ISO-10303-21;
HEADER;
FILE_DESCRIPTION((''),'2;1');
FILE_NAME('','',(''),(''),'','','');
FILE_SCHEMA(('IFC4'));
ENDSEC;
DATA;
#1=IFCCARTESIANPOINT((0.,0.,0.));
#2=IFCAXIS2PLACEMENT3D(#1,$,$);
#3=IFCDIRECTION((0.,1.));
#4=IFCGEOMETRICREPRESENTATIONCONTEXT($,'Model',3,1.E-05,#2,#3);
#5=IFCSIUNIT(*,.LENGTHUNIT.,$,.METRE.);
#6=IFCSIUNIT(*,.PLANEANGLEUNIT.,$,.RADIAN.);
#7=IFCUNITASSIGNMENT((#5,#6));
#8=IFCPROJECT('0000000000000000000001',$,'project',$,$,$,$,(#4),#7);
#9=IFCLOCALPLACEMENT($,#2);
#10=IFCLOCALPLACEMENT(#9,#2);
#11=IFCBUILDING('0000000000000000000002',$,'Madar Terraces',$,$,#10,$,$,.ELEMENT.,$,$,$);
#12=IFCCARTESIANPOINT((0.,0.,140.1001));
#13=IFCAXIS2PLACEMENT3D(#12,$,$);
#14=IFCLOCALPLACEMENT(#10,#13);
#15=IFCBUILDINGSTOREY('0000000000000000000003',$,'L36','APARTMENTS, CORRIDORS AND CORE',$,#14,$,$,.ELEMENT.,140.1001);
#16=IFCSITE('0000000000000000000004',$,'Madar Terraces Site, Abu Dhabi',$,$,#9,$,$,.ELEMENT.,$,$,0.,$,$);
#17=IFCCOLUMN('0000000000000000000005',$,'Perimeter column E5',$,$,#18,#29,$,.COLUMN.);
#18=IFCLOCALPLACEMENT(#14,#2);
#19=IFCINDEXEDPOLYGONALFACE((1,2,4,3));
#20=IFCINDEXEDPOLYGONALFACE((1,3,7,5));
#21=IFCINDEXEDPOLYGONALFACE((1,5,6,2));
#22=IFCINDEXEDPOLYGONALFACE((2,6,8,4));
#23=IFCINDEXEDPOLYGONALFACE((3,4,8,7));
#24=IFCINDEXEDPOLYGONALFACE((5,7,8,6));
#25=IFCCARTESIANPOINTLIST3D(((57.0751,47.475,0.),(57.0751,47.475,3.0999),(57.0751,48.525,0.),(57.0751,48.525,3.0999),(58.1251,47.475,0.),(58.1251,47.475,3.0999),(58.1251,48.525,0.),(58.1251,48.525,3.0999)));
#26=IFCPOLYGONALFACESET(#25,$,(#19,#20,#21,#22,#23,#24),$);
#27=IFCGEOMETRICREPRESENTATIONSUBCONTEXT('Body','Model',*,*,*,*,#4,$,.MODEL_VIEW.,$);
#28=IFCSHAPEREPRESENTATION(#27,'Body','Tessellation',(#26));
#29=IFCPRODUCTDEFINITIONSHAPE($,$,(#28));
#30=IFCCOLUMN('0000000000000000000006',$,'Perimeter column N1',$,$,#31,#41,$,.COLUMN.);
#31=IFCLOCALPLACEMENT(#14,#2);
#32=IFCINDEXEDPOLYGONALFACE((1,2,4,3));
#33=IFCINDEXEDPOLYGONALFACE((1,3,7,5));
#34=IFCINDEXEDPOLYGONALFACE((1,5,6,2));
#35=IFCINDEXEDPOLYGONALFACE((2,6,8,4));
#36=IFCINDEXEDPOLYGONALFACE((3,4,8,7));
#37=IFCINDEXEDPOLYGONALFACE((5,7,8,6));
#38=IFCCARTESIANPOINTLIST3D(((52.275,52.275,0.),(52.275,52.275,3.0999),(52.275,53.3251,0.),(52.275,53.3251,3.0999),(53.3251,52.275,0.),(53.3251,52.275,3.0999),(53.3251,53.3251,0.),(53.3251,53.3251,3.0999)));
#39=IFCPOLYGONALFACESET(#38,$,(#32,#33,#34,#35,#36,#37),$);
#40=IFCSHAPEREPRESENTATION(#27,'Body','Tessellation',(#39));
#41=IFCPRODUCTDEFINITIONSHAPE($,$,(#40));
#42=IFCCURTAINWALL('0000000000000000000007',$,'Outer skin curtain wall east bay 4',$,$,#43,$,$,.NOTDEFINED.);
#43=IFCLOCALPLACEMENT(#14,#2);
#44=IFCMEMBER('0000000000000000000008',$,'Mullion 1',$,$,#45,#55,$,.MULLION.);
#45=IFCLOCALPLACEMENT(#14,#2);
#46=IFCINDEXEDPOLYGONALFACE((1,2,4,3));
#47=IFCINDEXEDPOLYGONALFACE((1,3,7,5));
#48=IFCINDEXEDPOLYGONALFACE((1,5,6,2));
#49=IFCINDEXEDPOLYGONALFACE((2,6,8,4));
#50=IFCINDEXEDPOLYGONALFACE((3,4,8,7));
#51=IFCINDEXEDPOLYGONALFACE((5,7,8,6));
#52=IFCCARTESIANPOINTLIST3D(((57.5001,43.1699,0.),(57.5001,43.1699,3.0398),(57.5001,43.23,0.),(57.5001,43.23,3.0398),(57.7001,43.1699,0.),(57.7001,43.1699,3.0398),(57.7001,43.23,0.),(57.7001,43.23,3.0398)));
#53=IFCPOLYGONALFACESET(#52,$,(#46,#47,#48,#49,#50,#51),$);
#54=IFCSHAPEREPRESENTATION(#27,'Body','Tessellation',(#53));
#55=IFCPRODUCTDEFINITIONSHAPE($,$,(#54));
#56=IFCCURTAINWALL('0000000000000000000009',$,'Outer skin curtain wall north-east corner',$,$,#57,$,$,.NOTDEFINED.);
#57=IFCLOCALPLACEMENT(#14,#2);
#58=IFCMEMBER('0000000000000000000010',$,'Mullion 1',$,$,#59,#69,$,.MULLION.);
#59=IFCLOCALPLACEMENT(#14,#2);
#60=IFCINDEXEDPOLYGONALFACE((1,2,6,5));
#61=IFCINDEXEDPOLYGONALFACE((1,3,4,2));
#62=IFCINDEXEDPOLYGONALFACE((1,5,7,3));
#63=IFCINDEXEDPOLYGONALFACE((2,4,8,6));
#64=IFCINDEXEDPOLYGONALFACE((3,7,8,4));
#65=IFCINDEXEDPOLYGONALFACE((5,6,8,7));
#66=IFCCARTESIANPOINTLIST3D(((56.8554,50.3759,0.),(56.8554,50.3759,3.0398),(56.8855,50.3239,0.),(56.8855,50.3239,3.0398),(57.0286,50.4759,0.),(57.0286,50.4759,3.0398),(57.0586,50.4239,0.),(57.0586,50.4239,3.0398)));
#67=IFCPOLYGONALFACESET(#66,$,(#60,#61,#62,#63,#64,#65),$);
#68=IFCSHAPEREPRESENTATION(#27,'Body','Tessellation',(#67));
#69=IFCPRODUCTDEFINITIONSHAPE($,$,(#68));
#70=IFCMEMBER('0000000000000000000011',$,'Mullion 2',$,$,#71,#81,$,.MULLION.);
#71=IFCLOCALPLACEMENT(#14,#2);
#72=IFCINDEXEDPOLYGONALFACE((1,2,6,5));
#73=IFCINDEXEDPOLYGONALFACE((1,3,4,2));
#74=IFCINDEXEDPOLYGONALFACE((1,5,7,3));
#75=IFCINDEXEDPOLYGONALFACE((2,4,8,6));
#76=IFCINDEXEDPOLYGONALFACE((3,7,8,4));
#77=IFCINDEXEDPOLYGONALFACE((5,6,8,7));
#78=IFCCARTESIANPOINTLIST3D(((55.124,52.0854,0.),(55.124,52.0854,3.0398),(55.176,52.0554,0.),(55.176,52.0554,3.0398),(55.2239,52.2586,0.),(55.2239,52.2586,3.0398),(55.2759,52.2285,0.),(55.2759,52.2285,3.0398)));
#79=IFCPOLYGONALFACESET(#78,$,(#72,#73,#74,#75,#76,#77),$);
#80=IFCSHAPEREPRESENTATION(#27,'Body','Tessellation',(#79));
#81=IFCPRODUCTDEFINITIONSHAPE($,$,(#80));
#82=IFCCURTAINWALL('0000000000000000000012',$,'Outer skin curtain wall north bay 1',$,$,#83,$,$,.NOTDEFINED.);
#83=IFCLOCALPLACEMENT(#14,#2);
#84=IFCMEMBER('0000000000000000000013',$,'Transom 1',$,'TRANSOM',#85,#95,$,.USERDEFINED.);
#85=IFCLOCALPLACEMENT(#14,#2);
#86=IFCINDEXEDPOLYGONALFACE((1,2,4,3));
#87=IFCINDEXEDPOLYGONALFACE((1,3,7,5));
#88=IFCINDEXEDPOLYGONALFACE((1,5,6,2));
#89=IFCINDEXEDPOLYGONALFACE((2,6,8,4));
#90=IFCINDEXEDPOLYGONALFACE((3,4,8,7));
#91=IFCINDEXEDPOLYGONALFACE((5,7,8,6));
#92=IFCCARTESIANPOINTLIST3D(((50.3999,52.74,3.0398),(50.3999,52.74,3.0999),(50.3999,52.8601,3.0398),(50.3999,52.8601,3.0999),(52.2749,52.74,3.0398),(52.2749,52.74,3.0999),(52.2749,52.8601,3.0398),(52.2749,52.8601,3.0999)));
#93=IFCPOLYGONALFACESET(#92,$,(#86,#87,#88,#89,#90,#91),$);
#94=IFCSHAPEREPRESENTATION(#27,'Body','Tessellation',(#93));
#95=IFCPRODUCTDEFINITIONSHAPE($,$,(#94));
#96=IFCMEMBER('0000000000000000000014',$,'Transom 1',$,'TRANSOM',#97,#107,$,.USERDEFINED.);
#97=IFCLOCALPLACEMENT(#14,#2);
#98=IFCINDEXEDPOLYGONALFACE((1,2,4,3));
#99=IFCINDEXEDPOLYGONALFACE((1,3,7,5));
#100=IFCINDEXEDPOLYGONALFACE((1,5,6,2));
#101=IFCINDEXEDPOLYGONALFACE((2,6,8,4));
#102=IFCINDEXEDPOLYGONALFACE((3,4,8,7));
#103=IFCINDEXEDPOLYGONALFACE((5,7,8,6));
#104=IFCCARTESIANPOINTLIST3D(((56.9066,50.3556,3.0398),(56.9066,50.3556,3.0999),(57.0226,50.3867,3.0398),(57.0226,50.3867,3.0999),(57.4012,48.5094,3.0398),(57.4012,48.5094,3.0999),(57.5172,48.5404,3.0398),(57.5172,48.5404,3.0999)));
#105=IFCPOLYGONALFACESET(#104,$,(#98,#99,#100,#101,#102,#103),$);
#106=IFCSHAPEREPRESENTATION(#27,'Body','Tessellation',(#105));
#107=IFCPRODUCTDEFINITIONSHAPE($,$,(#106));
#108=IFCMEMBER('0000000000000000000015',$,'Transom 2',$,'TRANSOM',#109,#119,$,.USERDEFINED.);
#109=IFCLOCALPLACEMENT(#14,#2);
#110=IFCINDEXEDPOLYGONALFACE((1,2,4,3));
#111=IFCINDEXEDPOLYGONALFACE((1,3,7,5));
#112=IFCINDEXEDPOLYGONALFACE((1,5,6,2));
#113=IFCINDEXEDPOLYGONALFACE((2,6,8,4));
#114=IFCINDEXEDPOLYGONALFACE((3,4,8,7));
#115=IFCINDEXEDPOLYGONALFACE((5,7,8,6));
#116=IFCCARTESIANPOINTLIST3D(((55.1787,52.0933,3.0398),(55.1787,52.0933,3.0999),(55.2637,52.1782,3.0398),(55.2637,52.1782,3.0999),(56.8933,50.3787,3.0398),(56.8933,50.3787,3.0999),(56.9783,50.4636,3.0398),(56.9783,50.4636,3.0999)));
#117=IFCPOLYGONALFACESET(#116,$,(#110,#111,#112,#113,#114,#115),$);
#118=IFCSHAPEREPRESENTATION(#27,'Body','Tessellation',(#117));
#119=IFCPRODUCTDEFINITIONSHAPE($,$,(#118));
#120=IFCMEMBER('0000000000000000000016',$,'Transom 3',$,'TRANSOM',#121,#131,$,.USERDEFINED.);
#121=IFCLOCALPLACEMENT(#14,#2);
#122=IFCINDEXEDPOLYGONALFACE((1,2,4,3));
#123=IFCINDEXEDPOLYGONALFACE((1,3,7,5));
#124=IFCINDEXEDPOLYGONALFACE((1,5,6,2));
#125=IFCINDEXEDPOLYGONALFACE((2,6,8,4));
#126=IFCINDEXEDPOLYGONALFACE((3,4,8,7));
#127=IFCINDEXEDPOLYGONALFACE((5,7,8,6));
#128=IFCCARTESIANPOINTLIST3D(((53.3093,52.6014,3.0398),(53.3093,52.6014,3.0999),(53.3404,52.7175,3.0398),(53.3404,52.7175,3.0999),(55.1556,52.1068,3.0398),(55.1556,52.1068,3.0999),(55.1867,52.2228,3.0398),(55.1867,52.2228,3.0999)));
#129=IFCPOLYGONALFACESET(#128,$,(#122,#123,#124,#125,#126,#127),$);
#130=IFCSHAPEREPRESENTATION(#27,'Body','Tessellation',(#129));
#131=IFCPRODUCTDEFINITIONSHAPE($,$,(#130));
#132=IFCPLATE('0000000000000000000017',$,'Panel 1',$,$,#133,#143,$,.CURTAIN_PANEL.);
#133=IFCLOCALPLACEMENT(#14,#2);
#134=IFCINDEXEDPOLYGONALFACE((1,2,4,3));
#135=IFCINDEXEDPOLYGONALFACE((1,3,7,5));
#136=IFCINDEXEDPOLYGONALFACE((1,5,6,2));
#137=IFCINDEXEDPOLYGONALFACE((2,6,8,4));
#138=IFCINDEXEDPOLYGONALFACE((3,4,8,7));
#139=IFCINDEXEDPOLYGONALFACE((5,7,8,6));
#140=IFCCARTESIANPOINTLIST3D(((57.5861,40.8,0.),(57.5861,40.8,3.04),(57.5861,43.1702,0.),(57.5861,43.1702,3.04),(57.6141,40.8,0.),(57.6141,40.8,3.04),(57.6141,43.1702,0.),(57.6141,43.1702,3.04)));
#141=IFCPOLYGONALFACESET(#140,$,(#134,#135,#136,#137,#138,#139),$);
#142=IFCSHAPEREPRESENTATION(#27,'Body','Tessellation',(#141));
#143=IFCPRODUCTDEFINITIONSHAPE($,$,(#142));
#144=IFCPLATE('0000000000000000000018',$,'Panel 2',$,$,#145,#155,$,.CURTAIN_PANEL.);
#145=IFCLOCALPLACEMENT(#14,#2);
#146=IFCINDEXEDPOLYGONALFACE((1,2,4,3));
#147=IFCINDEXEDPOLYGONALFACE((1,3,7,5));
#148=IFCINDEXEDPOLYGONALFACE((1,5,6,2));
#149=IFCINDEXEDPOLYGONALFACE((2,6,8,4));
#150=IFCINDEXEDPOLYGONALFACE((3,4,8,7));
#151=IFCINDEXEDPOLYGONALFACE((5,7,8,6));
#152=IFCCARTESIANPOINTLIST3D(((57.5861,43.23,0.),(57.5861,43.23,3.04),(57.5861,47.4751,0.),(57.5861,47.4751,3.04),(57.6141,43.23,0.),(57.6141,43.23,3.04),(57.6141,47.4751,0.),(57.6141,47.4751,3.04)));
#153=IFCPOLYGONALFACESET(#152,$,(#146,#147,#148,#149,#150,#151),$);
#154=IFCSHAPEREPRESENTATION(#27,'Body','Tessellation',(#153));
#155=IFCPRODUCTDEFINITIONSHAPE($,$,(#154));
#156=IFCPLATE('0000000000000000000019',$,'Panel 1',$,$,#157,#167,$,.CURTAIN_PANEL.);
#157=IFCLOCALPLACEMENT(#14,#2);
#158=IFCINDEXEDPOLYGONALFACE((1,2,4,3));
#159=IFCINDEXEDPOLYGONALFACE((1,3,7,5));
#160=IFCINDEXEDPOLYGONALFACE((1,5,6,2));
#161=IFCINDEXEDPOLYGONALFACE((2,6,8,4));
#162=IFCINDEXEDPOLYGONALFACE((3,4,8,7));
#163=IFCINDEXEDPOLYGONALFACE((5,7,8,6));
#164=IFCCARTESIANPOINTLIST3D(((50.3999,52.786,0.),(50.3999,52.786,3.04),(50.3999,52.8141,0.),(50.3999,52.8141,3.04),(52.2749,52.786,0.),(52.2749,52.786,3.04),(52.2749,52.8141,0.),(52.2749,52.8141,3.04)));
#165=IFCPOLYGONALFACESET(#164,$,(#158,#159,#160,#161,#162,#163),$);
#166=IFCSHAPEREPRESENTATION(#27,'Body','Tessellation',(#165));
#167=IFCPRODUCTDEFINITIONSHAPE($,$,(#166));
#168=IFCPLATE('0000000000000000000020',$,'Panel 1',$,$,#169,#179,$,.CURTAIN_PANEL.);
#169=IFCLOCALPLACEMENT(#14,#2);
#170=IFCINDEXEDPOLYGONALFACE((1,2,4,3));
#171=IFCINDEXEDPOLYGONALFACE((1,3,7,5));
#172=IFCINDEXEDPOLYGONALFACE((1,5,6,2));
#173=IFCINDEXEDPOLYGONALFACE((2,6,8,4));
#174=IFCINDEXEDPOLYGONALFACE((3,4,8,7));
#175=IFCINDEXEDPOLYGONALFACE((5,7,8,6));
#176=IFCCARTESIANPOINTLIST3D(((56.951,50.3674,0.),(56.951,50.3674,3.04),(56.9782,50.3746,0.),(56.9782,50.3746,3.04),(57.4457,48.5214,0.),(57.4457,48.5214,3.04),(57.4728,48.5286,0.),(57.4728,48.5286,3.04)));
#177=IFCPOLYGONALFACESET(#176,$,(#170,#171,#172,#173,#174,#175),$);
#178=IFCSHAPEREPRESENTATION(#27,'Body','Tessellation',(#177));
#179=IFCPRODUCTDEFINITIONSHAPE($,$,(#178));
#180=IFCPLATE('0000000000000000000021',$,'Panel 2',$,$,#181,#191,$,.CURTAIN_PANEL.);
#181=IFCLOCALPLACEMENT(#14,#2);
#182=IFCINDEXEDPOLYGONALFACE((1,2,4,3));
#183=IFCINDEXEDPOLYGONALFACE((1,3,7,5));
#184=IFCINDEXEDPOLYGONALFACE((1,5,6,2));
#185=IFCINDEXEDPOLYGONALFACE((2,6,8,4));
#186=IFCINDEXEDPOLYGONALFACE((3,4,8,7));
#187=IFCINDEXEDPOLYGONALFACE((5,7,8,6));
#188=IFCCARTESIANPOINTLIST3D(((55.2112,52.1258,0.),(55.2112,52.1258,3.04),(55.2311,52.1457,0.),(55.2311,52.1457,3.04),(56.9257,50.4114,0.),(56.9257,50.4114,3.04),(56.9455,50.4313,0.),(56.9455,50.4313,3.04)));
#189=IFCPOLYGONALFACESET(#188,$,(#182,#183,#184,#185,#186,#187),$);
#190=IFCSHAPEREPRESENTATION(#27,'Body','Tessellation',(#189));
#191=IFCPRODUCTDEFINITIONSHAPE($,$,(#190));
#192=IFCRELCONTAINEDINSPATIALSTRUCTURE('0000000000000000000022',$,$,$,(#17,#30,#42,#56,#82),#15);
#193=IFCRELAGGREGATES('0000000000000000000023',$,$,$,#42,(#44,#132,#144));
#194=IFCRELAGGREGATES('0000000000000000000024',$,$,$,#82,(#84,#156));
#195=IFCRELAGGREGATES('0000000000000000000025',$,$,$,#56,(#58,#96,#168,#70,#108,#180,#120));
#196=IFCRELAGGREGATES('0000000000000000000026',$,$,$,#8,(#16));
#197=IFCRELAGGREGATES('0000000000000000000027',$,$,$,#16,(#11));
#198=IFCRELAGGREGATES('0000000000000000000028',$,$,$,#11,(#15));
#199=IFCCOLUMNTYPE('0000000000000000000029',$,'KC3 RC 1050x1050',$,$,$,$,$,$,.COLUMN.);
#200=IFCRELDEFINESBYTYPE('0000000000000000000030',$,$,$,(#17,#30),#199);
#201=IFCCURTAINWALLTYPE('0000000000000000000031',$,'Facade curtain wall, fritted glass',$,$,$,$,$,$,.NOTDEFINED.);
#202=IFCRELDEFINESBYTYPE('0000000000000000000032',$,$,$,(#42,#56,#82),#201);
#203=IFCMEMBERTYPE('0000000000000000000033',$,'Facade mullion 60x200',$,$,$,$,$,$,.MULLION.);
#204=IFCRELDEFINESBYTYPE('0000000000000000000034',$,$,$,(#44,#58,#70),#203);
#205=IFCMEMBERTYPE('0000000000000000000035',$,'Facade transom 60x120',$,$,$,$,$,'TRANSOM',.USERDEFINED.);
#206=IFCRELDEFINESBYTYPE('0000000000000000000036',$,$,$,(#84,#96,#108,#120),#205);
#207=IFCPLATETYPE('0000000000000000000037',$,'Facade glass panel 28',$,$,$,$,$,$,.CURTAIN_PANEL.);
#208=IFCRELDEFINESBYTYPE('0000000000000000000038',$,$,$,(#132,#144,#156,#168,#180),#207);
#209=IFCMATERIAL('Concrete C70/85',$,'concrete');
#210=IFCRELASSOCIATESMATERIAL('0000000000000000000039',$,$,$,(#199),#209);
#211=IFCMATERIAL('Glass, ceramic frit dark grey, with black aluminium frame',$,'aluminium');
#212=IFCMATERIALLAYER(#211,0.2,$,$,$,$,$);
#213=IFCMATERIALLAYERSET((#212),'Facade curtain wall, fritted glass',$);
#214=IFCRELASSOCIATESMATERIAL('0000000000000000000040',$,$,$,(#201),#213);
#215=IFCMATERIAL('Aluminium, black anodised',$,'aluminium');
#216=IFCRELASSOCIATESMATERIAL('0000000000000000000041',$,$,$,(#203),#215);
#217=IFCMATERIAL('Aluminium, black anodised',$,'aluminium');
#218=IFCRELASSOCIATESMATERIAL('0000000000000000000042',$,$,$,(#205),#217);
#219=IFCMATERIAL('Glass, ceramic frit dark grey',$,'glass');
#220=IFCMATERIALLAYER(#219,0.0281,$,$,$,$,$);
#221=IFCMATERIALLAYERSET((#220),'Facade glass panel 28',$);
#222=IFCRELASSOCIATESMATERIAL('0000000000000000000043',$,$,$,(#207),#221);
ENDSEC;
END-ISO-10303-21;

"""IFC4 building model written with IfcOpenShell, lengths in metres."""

from ifc_helpers import new_model, si_unit, direction, frame, origin, origin_2d, place, context, subcontext, project, spatial, rectangle, extrude, material, layer, layer_set, material_profile, profile_set, type_object, element, aggregate, save


model = new_model("IFC4")

# Units and contexts
model_context = context("Model", 3, precision=1e-05, world=origin(), true_north=direction((0.0, 1.0)))
body_context = subcontext(model_context, "Body", "Model", "MODEL_VIEW")
ifc_project = project(units=[si_unit("LENGTHUNIT", "METRE"), si_unit("PLANEANGLEUNIT", "RADIAN")], contexts=[model_context])

# Site, building, storey
site_placement = place(None, origin())
site = spatial("IfcSite", under=ifc_project, at=site_placement, Name="Madar Terraces Site, Abu Dhabi", CompositionType="ELEMENT", RefElevation=0.0)
building_placement = place(site_placement, origin())
building = spatial("IfcBuilding", under=site, at=building_placement, Name="Madar Terraces", CompositionType="ELEMENT")
storey_placement = place(building_placement, frame((0.0, 0.0, 140.1001)))
storey = spatial("IfcBuildingStorey", under=building, at=storey_placement, Name="L36", Description="APARTMENTS, CORRIDORS AND CORE", CompositionType="ELEMENT", Elevation=140.1001)

# Columns
ifc_material_1 = material(Name="Concrete C70/85", Category="concrete")
ifc_material_profile_1 = material_profile(ifc_material_1, rectangle(XDim=1.05, YDim=1.05, at=origin_2d()), Name="KC3 RC 1050x1050")
ifc_profile_set_1 = profile_set([ifc_material_profile_1], Name="Concrete C70/85")
column_type = type_object("IfcColumnType", Name="KC3 RC 1050x1050", PredefinedType="COLUMN", material=ifc_profile_set_1)
for number, where, z_axis, x_axis, name in (
    (1, (57.6001, 48.0, 0.0), (0.0, 0.0, 1.0), (1.0, 0.0, 0.0), "Perimeter column E5"),
    (2, (52.8, 52.8, 0.0), (0.0, 0.0, 1.0), (1.0, 0.0, 0.0), "Perimeter column N1"),
):
    element("IfcColumn", number, at=place(storey_placement, frame(where, z_axis=z_axis, x_axis=x_axis)), inside=storey, type_object=column_type, Name=name, PredefinedType="COLUMN", context=body_context, shape_type="SweptSolid", body=[
        extrude(rectangle(XDim=1.05, YDim=1.05, at=origin_2d()), origin(), (0.0, 0.0, 1.0), 3.0999),
    ])

# Curtain wall, member
ifc_material_2 = material(Name="Glass, ceramic frit dark grey, with black aluminium frame", Category="aluminium")
ifc_layer_1 = layer(ifc_material_2, 0.2)
ifc_layer_set_1 = layer_set([ifc_layer_1], Name="Facade curtain wall, fritted glass")
curtain_wall_type = type_object("IfcCurtainWallType", Name="Facade curtain wall, fritted glass", PredefinedType="NOTDEFINED", material=ifc_layer_set_1)
curtain_wall_1_placement = place(storey_placement, origin())
curtain_wall_1 = element("IfcCurtainWall", 3, at=curtain_wall_1_placement, inside=storey, type_object=curtain_wall_type, Name="Outer skin curtain wall east bay 4", PredefinedType="NOTDEFINED")
ifc_material_3 = material(Name="Aluminium, black anodised", Category="aluminium")
ifc_material_profile_2 = material_profile(ifc_material_3, rectangle(XDim=0.2, YDim=0.0601, at=origin_2d()), Name="Facade mullion 60x200")
ifc_profile_set_2 = profile_set([ifc_material_profile_2], Name="Aluminium, black anodised")
member_type_1 = type_object("IfcMemberType", Name="Facade mullion 60x200", PredefinedType="MULLION", material=ifc_profile_set_2)
member_1_placement = place(storey_placement, frame((57.6001, 43.2, 0.0), z_axis=(0.0, 0.0, 1.0), x_axis=(-1.0, 0.0, 0.0)))
member_1 = element("IfcMember", 4, at=member_1_placement, type_object=member_type_1, Name="Mullion 1", PredefinedType="MULLION", context=body_context, shape_type="SweptSolid", body=[
    extrude(rectangle(XDim=0.2, YDim=0.0601, at=origin_2d()), origin(), (0.0, 0.0, 1.0), 3.0398),
])

# Curtain wall, members
curtain_wall_2_placement = place(storey_placement, origin())
curtain_wall_2 = element("IfcCurtainWall", 5, at=curtain_wall_2_placement, inside=storey, type_object=curtain_wall_type, Name="Outer skin curtain wall north-east corner", PredefinedType="NOTDEFINED")
member_2_placement = place(storey_placement, frame((56.957, 50.3999, 0.0), z_axis=(0.0, 0.0, 1.0), x_axis=(-0.866025, -0.5, 0.0)))
member_2 = element("IfcMember", 6, at=member_2_placement, type_object=member_type_1, Name="Mullion 1", PredefinedType="MULLION", context=body_context, shape_type="SweptSolid", body=[
    extrude(rectangle(XDim=0.2, YDim=0.0601, at=origin_2d()), origin(), (0.0, 0.0, 1.0), 3.0398),
])
member_3_placement = place(storey_placement, frame((55.2, 52.157, 0.0), z_axis=(0.0, 0.0, 1.0), x_axis=(-0.5, -0.866025, 0.0)))
member_3 = element("IfcMember", 7, at=member_3_placement, type_object=member_type_1, Name="Mullion 2", PredefinedType="MULLION", context=body_context, shape_type="SweptSolid", body=[
    extrude(rectangle(XDim=0.2, YDim=0.0601, at=origin_2d()), origin(), (0.0, 0.0, 1.0), 3.0398),
])

# Curtain wall, member
curtain_wall_3_placement = place(storey_placement, origin())
curtain_wall_3 = element("IfcCurtainWall", 8, at=curtain_wall_3_placement, inside=storey, type_object=curtain_wall_type, Name="Outer skin curtain wall north bay 1", PredefinedType="NOTDEFINED")
ifc_material_4 = material(Name="Aluminium, black anodised", Category="aluminium")
ifc_material_profile_3 = material_profile(ifc_material_4, rectangle(XDim=0.1201, YDim=0.0601, at=origin_2d()), Name="Facade transom 60x120")
ifc_profile_set_3 = profile_set([ifc_material_profile_3], Name="Aluminium, black anodised")
member_type_2 = type_object("IfcMemberType", Name="Facade transom 60x120", ElementType="TRANSOM", PredefinedType="USERDEFINED", material=ifc_profile_set_3)
member_4_placement = place(storey_placement, frame((52.2749, 52.8, 3.0698), z_axis=(-1.0, 0.0, 0.0), x_axis=(0.0, -1.0, 0.0)))
member_4 = element("IfcMember", 9, at=member_4_placement, type_object=member_type_2, Name="Transom 1", ObjectType="TRANSOM", PredefinedType="USERDEFINED", context=body_context, shape_type="SweptSolid", body=[
    extrude(rectangle(XDim=0.1201, YDim=0.0601, at=origin_2d()), origin(), (0.0, 0.0, 1.0), 1.875),
])

# Members
member_5_placement = place(storey_placement, frame((57.4592, 48.5249, 3.0698), z_axis=(-0.258791, 0.965933, 0.0), x_axis=(-0.965933, -0.258791, 0.0)))
member_5 = element("IfcMember", 10, at=member_5_placement, type_object=member_type_2, Name="Transom 1", ObjectType="TRANSOM", PredefinedType="USERDEFINED", context=body_context, shape_type="SweptSolid", body=[
    extrude(rectangle(XDim=0.1201, YDim=0.0601, at=origin_2d()), origin(), (0.0, 0.0, 1.0), 1.9114),
])
member_6_placement = place(storey_placement, frame((56.9358, 50.4211, 3.0698), z_axis=(-0.707107, 0.707107, 0.0), x_axis=(-0.707107, -0.707107, 0.0)))
member_6 = element("IfcMember", 11, at=member_6_placement, type_object=member_type_2, Name="Transom 2", ObjectType="TRANSOM", PredefinedType="USERDEFINED", context=body_context, shape_type="SweptSolid", body=[
    extrude(rectangle(XDim=0.1201, YDim=0.0601, at=origin_2d()), origin(), (0.0, 0.0, 1.0), 2.4248),
])
member_7_placement = place(storey_placement, frame((55.1711, 52.1648, 3.0698), z_axis=(-0.965933, 0.258791, 0.0), x_axis=(-0.258791, -0.965933, 0.0)))
member_7 = element("IfcMember", 12, at=member_7_placement, type_object=member_type_2, Name="Transom 3", ObjectType="TRANSOM", PredefinedType="USERDEFINED", context=body_context, shape_type="SweptSolid", body=[
    extrude(rectangle(XDim=0.1201, YDim=0.0601, at=origin_2d()), origin(), (0.0, 0.0, 1.0), 1.9114),
])

# Plates
ifc_material_5 = material(Name="Glass, ceramic frit dark grey", Category="glass")
ifc_layer_2 = layer(ifc_material_5, 0.0281)
ifc_layer_set_2 = layer_set([ifc_layer_2], Name="Facade glass panel 28")
plate_type = type_object("IfcPlateType", Name="Facade glass panel 28", PredefinedType="CURTAIN_PANEL", material=ifc_layer_set_2)
plate_1_placement = place(storey_placement, frame((57.6001, 41.9851, 0.0), z_axis=(0.0, 0.0, 1.0), x_axis=(0.0, 1.0, 0.0)))
plate_1 = element("IfcPlate", 13, at=plate_1_placement, type_object=plate_type, Name="Panel 1", PredefinedType="CURTAIN_PANEL", context=body_context, shape_type="SweptSolid", body=[
    extrude(rectangle(XDim=2.3701, YDim=0.0281, at=origin_2d()), origin(), (0.0, 0.0, 1.0), 3.04),
])
plate_2_placement = place(storey_placement, frame((57.6001, 45.3525, 0.0), z_axis=(0.0, 0.0, 1.0), x_axis=(0.0, 1.0, 0.0)))
plate_2 = element("IfcPlate", 14, at=plate_2_placement, type_object=plate_type, Name="Panel 2", PredefinedType="CURTAIN_PANEL", context=body_context, shape_type="SweptSolid", body=[
    extrude(rectangle(XDim=4.2451, YDim=0.0281, at=origin_2d()), origin(), (0.0, 0.0, 1.0), 3.04),
])
aggregate(curtain_wall_1, [member_1, plate_1, plate_2])
plate_3_placement = place(storey_placement, frame((51.3374, 52.8, 0.0), z_axis=(0.0, 0.0, 1.0), x_axis=(-1.0, 0.0, 0.0)))
plate_3 = element("IfcPlate", 15, at=plate_3_placement, type_object=plate_type, Name="Panel 1", PredefinedType="CURTAIN_PANEL", context=body_context, shape_type="SweptSolid", body=[
    extrude(rectangle(XDim=1.875, YDim=0.0281, at=origin_2d()), origin(), (0.0, 0.0, 1.0), 3.04),
])
aggregate(curtain_wall_3, [member_4, plate_3])
plate_4_placement = place(storey_placement, frame((57.2119, 49.448, 0.0), z_axis=(0.0, 0.0, 1.0), x_axis=(-0.258819, 0.965926, 0.0)))
plate_4 = element("IfcPlate", 16, at=plate_4_placement, type_object=plate_type, Name="Panel 1", PredefinedType="CURTAIN_PANEL", context=body_context, shape_type="SweptSolid", body=[
    extrude(rectangle(XDim=1.9111, YDim=0.0281, at=origin_2d()), origin(), (0.0, 0.0, 1.0), 3.04),
])
plate_5_placement = place(storey_placement, frame((56.0784, 51.2786, 0.0), z_axis=(0.0, 0.0, 1.0), x_axis=(-0.707107, 0.707107, 0.0)))
plate_5 = element("IfcPlate", 17, at=plate_5_placement, type_object=plate_type, Name="Panel 2", PredefinedType="CURTAIN_PANEL", context=body_context, shape_type="SweptSolid", body=[
    extrude(rectangle(XDim=2.4246, YDim=0.0281, at=origin_2d()), origin(), (0.0, 0.0, 1.0), 3.04),
])
aggregate(curtain_wall_2, [member_2, member_5, plate_4, member_3, member_6, plate_5, member_7])

save(model, "model.ifc")
